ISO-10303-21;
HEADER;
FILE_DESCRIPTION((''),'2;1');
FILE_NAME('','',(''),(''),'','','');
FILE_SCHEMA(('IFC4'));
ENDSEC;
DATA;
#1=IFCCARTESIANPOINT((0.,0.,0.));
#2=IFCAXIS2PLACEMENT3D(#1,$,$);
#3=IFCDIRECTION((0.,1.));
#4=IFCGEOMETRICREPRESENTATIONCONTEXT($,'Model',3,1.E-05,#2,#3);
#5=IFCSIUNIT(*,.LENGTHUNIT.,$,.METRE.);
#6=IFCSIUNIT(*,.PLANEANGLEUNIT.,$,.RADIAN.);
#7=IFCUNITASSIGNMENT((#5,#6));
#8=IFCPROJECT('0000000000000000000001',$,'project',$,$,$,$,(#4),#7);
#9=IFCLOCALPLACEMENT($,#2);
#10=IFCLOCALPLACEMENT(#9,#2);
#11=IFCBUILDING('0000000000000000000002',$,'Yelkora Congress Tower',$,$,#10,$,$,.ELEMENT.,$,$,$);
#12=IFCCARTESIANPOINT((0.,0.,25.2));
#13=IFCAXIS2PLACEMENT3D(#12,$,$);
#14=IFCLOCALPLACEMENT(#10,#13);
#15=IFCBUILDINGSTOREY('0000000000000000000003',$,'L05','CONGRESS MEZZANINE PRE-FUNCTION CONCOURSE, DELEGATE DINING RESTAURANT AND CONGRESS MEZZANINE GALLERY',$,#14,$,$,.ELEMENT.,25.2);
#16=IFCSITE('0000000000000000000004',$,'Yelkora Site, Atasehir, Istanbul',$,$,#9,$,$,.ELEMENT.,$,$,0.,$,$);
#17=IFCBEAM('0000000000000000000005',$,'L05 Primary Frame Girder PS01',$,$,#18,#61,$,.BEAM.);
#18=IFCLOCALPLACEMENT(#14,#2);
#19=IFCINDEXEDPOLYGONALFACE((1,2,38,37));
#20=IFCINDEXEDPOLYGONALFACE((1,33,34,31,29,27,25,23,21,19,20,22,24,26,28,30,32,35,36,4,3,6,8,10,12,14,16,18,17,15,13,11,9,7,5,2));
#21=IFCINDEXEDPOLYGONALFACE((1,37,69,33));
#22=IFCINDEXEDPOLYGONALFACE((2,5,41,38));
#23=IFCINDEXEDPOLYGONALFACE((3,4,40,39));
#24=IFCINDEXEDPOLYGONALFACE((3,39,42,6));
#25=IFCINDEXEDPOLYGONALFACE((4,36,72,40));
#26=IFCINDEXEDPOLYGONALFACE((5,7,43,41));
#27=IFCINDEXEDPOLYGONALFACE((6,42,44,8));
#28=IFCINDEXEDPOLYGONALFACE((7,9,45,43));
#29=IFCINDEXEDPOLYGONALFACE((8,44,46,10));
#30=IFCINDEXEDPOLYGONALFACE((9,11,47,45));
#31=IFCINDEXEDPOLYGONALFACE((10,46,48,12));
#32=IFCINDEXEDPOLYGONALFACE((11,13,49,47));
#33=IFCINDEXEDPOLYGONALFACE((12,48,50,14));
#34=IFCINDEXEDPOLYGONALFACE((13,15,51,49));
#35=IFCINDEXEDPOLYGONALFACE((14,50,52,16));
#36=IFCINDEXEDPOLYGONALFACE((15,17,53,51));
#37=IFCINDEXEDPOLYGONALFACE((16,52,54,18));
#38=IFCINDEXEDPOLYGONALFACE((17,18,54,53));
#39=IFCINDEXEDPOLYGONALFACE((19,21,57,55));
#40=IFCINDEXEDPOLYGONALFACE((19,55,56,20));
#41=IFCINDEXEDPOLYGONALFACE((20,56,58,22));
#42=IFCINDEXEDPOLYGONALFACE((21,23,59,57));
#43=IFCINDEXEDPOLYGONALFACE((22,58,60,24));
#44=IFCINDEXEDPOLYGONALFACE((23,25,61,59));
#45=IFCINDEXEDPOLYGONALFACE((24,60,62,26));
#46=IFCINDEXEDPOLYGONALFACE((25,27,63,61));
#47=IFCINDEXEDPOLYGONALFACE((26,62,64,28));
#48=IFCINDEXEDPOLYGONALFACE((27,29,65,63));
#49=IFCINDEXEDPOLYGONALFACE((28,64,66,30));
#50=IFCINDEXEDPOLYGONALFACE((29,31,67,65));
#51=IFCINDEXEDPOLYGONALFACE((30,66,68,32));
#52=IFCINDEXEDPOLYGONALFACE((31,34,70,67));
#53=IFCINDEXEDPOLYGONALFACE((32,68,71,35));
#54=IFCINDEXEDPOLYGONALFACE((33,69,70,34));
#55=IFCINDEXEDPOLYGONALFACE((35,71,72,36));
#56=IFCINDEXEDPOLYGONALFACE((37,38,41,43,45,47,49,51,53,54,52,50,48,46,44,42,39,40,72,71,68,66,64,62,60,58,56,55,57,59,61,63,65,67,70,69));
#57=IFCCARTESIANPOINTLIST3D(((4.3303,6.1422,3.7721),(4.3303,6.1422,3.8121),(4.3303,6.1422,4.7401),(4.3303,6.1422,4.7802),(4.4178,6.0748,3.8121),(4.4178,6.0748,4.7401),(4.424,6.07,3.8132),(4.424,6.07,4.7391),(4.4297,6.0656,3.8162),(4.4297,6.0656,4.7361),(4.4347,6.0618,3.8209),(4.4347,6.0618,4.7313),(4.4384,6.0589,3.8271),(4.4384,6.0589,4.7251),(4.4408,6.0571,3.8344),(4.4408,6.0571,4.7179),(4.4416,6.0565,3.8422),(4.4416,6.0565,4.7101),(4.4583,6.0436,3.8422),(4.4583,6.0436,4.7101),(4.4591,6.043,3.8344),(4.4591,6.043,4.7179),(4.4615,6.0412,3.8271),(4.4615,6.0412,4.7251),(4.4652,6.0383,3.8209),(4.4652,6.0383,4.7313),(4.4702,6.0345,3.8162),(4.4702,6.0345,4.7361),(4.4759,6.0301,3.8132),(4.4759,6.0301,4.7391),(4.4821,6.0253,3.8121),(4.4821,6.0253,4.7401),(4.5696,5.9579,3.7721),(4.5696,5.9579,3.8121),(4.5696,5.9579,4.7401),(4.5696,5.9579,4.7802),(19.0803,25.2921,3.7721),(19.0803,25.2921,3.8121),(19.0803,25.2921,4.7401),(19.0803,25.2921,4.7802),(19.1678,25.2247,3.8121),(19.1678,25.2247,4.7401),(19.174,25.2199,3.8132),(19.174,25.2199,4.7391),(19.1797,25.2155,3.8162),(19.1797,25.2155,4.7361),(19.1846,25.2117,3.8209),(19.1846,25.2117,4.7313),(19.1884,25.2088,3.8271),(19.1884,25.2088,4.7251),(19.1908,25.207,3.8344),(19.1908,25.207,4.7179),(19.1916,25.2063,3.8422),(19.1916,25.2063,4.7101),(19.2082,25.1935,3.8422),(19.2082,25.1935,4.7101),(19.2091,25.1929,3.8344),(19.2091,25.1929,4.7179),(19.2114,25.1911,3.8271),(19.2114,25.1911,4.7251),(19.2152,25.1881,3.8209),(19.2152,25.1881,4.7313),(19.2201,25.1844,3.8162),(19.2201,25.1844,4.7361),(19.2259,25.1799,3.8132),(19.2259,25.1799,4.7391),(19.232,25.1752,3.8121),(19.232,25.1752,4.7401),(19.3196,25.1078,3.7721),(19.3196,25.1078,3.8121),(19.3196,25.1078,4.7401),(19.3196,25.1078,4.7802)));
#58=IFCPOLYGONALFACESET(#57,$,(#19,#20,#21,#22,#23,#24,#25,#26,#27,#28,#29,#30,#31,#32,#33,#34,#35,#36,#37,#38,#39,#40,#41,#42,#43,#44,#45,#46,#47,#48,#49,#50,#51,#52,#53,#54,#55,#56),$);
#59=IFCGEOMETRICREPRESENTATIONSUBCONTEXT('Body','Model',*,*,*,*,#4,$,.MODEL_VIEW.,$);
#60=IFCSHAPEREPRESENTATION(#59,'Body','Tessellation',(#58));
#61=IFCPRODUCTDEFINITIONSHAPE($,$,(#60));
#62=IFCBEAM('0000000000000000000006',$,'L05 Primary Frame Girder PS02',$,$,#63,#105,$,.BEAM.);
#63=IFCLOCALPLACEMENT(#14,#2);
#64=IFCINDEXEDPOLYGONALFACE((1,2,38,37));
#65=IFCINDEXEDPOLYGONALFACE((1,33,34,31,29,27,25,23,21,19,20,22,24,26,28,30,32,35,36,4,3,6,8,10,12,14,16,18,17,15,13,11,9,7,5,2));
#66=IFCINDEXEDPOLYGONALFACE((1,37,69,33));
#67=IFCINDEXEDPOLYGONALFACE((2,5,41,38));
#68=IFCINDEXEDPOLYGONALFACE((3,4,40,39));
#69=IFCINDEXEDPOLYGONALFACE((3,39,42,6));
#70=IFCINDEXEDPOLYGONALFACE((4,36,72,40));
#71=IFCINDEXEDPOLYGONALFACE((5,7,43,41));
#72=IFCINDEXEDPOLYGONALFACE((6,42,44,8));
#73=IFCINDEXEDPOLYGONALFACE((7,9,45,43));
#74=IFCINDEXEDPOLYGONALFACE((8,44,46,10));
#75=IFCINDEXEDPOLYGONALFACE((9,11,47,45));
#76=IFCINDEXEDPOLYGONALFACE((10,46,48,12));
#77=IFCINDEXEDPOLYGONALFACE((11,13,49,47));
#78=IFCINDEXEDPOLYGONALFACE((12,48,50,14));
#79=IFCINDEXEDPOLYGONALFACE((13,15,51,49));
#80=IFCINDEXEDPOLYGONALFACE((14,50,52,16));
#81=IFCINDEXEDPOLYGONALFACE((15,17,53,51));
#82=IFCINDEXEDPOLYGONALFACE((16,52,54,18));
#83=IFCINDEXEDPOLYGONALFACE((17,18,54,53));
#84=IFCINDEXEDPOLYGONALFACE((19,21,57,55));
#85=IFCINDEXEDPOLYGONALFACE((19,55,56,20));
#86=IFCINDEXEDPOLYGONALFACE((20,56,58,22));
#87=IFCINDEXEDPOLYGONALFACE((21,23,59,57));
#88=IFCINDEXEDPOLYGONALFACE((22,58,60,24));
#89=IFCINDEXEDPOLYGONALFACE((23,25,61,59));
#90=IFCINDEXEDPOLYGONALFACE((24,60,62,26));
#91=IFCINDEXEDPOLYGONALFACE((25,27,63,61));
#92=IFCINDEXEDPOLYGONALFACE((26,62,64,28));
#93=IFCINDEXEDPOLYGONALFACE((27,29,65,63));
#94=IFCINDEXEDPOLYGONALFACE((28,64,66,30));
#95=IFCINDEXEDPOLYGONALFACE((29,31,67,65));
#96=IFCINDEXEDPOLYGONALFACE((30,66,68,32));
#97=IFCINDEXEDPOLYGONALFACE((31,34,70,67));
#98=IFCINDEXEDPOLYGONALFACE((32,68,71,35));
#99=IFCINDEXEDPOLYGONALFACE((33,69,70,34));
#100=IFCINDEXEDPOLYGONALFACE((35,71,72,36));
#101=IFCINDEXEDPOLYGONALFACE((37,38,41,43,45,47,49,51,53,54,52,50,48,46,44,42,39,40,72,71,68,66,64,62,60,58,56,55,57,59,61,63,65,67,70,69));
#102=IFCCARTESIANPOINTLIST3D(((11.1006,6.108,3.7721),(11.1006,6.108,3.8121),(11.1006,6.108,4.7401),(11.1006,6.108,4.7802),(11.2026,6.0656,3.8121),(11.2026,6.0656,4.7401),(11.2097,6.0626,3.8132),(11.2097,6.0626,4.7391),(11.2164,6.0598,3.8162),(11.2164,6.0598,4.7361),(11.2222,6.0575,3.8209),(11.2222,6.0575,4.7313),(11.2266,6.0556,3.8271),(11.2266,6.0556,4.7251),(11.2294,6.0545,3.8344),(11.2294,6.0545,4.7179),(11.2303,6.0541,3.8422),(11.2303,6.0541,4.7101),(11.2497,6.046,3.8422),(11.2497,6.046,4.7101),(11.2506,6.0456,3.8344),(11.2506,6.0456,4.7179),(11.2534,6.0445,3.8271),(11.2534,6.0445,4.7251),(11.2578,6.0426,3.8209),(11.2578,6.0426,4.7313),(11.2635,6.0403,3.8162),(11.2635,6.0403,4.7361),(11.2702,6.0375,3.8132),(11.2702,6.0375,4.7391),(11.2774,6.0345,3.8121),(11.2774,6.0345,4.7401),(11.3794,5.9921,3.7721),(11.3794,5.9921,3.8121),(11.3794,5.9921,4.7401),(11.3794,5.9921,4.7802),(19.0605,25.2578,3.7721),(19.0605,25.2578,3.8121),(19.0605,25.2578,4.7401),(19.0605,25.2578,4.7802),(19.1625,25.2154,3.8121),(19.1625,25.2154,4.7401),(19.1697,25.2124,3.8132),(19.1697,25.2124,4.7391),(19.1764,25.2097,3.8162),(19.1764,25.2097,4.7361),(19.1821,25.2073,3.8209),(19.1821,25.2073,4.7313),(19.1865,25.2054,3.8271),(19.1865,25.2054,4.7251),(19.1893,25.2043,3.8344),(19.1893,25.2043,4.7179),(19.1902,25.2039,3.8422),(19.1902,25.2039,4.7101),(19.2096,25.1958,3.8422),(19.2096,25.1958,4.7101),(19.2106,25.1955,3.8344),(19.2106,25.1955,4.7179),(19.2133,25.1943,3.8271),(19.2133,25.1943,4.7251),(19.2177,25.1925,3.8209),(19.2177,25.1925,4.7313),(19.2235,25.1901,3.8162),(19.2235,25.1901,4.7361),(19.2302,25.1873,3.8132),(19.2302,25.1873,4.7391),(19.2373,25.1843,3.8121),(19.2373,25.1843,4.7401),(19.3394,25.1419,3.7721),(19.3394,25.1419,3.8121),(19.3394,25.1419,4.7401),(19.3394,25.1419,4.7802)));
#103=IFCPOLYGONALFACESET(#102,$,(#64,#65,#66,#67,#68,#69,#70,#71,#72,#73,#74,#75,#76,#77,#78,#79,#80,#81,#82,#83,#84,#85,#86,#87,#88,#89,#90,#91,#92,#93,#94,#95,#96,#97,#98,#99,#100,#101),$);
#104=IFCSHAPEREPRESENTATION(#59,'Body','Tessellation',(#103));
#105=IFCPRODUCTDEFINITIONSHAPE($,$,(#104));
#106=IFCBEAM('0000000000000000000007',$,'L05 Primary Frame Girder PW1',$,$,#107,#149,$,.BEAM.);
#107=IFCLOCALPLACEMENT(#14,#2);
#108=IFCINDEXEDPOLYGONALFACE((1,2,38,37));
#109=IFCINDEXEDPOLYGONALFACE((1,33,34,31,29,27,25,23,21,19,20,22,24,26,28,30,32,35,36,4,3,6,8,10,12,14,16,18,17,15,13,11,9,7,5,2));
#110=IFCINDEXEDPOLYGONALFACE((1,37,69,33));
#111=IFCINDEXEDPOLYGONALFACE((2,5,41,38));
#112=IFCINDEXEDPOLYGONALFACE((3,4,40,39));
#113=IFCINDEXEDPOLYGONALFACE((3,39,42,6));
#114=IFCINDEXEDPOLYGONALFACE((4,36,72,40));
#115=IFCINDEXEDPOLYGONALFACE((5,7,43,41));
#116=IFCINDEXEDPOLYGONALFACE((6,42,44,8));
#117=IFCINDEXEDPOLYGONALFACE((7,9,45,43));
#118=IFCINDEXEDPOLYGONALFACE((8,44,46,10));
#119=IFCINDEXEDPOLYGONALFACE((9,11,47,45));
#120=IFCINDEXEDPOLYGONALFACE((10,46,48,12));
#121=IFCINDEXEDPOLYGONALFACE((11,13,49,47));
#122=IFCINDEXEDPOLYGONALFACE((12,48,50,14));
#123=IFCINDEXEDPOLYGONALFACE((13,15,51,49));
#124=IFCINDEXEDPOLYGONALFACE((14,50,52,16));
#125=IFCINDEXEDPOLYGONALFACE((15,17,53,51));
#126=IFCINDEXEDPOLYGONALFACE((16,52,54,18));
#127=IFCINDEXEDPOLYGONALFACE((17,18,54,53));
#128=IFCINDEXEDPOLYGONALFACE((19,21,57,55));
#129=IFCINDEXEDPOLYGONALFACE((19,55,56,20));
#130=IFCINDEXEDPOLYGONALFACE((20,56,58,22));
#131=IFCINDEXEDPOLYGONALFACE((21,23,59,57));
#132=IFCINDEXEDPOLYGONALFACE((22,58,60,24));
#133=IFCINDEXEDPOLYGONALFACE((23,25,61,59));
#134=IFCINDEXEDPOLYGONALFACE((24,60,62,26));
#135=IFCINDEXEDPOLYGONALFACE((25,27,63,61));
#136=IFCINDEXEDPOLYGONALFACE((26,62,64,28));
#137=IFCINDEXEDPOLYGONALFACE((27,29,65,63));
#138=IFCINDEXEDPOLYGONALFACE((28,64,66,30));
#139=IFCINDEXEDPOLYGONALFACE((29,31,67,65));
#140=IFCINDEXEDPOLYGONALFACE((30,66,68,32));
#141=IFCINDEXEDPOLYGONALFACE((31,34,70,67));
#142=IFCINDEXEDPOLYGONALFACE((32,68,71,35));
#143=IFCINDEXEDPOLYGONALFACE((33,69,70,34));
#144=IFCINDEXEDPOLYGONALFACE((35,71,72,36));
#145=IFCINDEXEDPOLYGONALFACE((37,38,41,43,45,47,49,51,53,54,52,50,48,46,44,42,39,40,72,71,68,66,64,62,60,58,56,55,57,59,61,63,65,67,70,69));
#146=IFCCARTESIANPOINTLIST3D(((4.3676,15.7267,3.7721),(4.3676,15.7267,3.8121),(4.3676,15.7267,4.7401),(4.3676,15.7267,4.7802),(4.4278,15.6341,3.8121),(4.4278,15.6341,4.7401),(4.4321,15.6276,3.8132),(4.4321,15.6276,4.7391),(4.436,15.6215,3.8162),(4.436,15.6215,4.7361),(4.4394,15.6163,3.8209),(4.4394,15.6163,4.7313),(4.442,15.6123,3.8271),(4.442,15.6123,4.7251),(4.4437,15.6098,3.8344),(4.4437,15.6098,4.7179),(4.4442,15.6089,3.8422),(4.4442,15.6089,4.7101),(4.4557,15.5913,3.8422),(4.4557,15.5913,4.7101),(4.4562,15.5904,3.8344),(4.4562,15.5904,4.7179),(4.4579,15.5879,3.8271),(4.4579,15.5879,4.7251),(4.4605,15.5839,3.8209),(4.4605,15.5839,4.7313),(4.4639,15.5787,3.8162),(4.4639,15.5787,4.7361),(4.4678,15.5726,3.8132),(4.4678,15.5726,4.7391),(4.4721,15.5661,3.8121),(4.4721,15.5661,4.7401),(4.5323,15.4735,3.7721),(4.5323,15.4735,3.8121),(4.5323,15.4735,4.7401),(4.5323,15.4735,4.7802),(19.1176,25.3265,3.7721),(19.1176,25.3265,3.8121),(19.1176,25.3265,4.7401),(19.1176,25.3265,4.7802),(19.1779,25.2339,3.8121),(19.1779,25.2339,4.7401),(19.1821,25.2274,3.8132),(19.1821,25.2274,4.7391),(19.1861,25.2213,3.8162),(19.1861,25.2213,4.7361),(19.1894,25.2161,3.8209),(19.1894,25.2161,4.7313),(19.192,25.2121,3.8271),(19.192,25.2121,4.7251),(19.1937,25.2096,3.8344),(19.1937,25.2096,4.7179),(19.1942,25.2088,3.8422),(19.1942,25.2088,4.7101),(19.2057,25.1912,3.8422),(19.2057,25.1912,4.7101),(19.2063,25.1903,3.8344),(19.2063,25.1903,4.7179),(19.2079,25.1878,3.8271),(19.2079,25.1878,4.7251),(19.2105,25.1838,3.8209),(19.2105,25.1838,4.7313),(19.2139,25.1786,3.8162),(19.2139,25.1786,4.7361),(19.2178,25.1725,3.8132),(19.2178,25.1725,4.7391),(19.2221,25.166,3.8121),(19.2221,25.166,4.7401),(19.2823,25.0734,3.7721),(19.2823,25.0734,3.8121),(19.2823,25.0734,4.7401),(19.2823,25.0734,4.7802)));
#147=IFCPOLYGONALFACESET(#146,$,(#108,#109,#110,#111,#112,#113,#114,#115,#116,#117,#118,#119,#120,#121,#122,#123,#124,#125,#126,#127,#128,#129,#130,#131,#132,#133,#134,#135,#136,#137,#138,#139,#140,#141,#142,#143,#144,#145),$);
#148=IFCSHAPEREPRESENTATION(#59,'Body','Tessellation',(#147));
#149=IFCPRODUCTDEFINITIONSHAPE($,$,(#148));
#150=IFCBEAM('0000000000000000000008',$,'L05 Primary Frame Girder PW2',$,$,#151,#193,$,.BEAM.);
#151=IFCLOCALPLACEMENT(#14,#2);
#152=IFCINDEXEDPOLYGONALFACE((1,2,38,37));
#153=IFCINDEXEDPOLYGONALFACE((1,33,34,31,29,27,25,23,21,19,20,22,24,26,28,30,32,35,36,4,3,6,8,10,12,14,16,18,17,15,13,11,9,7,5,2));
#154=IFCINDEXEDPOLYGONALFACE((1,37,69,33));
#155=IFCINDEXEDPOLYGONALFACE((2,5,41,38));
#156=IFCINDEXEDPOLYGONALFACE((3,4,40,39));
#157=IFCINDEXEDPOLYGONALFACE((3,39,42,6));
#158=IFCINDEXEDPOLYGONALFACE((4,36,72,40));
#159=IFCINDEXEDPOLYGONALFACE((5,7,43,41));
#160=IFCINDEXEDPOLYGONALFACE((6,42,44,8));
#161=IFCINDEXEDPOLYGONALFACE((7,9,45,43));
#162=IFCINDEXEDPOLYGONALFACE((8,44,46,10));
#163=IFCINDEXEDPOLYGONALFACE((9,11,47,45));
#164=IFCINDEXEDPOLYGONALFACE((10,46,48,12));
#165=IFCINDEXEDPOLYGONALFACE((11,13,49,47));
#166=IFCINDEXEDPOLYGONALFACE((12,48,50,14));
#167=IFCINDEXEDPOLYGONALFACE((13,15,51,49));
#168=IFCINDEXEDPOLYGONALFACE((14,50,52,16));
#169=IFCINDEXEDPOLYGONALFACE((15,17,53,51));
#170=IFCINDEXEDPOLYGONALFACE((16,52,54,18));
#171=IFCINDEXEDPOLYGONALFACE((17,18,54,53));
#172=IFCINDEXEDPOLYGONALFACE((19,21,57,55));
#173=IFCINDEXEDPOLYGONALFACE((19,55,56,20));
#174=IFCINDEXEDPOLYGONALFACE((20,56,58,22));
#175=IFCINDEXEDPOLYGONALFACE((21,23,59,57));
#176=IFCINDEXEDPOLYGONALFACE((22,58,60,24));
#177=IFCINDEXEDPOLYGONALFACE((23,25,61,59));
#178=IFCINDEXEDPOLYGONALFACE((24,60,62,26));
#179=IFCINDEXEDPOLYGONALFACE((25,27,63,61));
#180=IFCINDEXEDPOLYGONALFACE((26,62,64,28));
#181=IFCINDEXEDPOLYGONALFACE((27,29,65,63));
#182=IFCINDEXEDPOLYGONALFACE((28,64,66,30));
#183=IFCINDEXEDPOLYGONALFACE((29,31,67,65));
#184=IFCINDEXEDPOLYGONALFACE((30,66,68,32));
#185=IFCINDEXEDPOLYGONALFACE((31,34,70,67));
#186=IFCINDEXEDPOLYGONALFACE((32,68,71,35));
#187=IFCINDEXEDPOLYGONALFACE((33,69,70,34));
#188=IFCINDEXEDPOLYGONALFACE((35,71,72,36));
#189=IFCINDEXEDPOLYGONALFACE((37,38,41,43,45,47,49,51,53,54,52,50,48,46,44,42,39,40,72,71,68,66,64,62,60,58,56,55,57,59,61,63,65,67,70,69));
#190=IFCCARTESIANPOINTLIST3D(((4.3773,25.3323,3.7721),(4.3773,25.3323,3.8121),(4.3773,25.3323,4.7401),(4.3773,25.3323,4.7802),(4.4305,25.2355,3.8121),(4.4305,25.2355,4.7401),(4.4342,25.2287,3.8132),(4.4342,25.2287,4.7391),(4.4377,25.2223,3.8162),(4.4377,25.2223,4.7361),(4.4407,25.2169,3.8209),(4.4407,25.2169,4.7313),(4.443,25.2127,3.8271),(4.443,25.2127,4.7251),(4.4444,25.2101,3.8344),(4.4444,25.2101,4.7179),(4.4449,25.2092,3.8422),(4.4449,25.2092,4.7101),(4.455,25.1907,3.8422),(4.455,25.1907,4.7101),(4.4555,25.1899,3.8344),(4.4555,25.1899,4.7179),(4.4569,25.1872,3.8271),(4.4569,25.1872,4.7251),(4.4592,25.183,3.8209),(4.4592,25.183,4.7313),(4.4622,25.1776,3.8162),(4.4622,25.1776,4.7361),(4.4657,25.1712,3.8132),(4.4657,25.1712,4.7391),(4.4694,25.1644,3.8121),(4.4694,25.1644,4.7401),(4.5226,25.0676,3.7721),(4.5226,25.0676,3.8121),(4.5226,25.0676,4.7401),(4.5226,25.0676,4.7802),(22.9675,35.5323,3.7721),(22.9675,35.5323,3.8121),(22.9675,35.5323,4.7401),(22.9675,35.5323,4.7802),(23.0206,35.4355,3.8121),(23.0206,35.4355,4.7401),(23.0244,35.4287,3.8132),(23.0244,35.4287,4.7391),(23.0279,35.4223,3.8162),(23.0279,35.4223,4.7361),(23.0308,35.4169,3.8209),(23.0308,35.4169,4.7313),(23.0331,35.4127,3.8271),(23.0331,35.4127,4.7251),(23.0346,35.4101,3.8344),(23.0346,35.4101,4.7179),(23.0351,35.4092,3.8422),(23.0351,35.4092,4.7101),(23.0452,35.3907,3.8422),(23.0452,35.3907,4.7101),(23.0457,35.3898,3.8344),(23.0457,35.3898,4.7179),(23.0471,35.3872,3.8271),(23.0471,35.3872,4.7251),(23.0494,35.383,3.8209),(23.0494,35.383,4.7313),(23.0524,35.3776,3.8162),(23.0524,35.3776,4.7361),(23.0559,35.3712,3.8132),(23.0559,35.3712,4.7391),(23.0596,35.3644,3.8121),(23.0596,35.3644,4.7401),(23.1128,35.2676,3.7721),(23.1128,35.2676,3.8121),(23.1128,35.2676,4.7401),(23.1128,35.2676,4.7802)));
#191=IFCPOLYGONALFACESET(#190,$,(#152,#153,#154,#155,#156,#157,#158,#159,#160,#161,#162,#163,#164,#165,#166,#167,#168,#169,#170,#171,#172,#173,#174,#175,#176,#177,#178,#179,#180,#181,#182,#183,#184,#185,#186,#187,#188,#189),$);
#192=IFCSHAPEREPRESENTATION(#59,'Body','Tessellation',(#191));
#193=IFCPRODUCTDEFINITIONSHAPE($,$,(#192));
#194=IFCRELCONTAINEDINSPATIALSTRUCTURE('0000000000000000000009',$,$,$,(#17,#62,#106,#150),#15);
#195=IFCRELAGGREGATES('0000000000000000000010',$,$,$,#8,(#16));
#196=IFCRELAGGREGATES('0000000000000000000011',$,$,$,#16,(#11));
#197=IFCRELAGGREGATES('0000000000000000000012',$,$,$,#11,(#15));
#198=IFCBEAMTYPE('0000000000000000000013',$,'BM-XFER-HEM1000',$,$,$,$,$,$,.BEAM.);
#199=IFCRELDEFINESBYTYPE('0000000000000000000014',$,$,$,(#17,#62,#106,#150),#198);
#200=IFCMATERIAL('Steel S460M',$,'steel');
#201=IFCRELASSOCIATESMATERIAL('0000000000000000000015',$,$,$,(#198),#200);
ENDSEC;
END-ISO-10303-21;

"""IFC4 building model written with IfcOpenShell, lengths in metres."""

from ifc_helpers import new_model, si_unit, direction, frame, origin, origin_2d, place, context, subcontext, project, spatial, i_section, extrude, material, material_profile, profile_set, type_object, element, save


model = new_model("IFC4")

# Units and contexts
model_context = context("Model", 3, precision=1e-05, world=origin(), true_north=direction((0.0, 1.0)))
body_context = subcontext(model_context, "Body", "Model", "MODEL_VIEW")
ifc_project = project(units=[si_unit("LENGTHUNIT", "METRE"), si_unit("PLANEANGLEUNIT", "RADIAN")], contexts=[model_context])

# Site, building, storey
site_placement = place(None, origin())
site = spatial("IfcSite", under=ifc_project, at=site_placement, Name="Yelkora Site, Atasehir, Istanbul", CompositionType="ELEMENT", RefElevation=0.0)
building_placement = place(site_placement, origin())
building = spatial("IfcBuilding", under=site, at=building_placement, Name="Yelkora Congress Tower", CompositionType="ELEMENT")
storey_placement = place(building_placement, frame((0.0, 0.0, 25.2)))
storey = spatial("IfcBuildingStorey", under=building, at=storey_placement, Name="L05", Description="CONGRESS MEZZANINE PRE-FUNCTION CONCOURSE, DELEGATE DINING RESTAURANT AND CONGRESS MEZZANINE GALLERY", CompositionType="ELEMENT", Elevation=25.2)

# Beams
ifc_material_1 = material(Name="Steel S460M", Category="steel")
ifc_material_profile_1 = material_profile(ifc_material_1, i_section(OverallWidth=0.302, OverallDepth=1.0081, WebThickness=0.021, FlangeThickness=0.04, FilletRadius=0.03, at=origin_2d()), Name="HEM 1000")
ifc_profile_set_1 = profile_set([ifc_material_profile_1], Name="Steel S460M")
beam_type_1 = type_object("IfcBeamType", Name="BM-XFER-HEM1000", PredefinedType="BEAM", material=ifc_profile_set_1)
beam_1_placement = place(storey_placement, frame((4.45, 6.05, 4.2761), z_axis=(0.610212, 0.792238, 0.0), x_axis=(-0.792238, 0.610212, 0.0)))
element("IfcBeam", 1, at=beam_1_placement, inside=storey, type_object=beam_type_1, Name="L05 Primary Frame Girder PS01", PredefinedType="BEAM", context=body_context, shape_type="SweptSolid", body=[
    extrude(i_section(OverallWidth=0.302, OverallDepth=1.0081, WebThickness=0.021, FlangeThickness=0.04, FilletRadius=0.03, at=origin_2d()), origin(), (0.0, 0.0, 1.0), 24.1719),
])
beam_2_placement = place(storey_placement, frame((11.24, 6.05, 4.2761), z_axis=(0.383828, 0.923405, 0.0), x_axis=(-0.923405, 0.383828, 0.0)))
element("IfcBeam", 2, at=beam_2_placement, inside=storey, type_object=beam_type_1, Name="L05 Primary Frame Girder PS02", PredefinedType="BEAM", context=body_context, shape_type="SweptSolid", body=[
    extrude(i_section(OverallWidth=0.302, OverallDepth=1.0081, WebThickness=0.021, FlangeThickness=0.04, FilletRadius=0.03, at=origin_2d()), origin(), (0.0, 0.0, 1.0), 20.7383),
])
beam_3_placement = place(storey_placement, frame((4.45, 15.6001, 4.2761), z_axis=(0.838123, 0.545482, 0.0), x_axis=(-0.545482, 0.838123, 0.0)))
element("IfcBeam", 3, at=beam_3_placement, inside=storey, type_object=beam_type_1, Name="L05 Primary Frame Girder PW1", PredefinedType="BEAM", context=body_context, shape_type="SweptSolid", body=[
    extrude(i_section(OverallWidth=0.302, OverallDepth=1.0081, WebThickness=0.021, FlangeThickness=0.04, FilletRadius=0.03, at=origin_2d()), origin(), (0.0, 0.0, 1.0), 17.5989),
])
beam_4_placement = place(storey_placement, frame((4.45, 25.2, 4.2761), z_axis=(0.876705, 0.481028, 0.0), x_axis=(-0.481028, 0.876705, 0.0)))
element("IfcBeam", 4, at=beam_4_placement, inside=storey, type_object=beam_type_1, Name="L05 Primary Frame Girder PW2", PredefinedType="BEAM", context=body_context, shape_type="SweptSolid", body=[
    extrude(i_section(OverallWidth=0.302, OverallDepth=1.0081, WebThickness=0.021, FlangeThickness=0.04, FilletRadius=0.03, at=origin_2d()), origin(), (0.0, 0.0, 1.0), 21.2046),
])

save(model, "model.ifc")
